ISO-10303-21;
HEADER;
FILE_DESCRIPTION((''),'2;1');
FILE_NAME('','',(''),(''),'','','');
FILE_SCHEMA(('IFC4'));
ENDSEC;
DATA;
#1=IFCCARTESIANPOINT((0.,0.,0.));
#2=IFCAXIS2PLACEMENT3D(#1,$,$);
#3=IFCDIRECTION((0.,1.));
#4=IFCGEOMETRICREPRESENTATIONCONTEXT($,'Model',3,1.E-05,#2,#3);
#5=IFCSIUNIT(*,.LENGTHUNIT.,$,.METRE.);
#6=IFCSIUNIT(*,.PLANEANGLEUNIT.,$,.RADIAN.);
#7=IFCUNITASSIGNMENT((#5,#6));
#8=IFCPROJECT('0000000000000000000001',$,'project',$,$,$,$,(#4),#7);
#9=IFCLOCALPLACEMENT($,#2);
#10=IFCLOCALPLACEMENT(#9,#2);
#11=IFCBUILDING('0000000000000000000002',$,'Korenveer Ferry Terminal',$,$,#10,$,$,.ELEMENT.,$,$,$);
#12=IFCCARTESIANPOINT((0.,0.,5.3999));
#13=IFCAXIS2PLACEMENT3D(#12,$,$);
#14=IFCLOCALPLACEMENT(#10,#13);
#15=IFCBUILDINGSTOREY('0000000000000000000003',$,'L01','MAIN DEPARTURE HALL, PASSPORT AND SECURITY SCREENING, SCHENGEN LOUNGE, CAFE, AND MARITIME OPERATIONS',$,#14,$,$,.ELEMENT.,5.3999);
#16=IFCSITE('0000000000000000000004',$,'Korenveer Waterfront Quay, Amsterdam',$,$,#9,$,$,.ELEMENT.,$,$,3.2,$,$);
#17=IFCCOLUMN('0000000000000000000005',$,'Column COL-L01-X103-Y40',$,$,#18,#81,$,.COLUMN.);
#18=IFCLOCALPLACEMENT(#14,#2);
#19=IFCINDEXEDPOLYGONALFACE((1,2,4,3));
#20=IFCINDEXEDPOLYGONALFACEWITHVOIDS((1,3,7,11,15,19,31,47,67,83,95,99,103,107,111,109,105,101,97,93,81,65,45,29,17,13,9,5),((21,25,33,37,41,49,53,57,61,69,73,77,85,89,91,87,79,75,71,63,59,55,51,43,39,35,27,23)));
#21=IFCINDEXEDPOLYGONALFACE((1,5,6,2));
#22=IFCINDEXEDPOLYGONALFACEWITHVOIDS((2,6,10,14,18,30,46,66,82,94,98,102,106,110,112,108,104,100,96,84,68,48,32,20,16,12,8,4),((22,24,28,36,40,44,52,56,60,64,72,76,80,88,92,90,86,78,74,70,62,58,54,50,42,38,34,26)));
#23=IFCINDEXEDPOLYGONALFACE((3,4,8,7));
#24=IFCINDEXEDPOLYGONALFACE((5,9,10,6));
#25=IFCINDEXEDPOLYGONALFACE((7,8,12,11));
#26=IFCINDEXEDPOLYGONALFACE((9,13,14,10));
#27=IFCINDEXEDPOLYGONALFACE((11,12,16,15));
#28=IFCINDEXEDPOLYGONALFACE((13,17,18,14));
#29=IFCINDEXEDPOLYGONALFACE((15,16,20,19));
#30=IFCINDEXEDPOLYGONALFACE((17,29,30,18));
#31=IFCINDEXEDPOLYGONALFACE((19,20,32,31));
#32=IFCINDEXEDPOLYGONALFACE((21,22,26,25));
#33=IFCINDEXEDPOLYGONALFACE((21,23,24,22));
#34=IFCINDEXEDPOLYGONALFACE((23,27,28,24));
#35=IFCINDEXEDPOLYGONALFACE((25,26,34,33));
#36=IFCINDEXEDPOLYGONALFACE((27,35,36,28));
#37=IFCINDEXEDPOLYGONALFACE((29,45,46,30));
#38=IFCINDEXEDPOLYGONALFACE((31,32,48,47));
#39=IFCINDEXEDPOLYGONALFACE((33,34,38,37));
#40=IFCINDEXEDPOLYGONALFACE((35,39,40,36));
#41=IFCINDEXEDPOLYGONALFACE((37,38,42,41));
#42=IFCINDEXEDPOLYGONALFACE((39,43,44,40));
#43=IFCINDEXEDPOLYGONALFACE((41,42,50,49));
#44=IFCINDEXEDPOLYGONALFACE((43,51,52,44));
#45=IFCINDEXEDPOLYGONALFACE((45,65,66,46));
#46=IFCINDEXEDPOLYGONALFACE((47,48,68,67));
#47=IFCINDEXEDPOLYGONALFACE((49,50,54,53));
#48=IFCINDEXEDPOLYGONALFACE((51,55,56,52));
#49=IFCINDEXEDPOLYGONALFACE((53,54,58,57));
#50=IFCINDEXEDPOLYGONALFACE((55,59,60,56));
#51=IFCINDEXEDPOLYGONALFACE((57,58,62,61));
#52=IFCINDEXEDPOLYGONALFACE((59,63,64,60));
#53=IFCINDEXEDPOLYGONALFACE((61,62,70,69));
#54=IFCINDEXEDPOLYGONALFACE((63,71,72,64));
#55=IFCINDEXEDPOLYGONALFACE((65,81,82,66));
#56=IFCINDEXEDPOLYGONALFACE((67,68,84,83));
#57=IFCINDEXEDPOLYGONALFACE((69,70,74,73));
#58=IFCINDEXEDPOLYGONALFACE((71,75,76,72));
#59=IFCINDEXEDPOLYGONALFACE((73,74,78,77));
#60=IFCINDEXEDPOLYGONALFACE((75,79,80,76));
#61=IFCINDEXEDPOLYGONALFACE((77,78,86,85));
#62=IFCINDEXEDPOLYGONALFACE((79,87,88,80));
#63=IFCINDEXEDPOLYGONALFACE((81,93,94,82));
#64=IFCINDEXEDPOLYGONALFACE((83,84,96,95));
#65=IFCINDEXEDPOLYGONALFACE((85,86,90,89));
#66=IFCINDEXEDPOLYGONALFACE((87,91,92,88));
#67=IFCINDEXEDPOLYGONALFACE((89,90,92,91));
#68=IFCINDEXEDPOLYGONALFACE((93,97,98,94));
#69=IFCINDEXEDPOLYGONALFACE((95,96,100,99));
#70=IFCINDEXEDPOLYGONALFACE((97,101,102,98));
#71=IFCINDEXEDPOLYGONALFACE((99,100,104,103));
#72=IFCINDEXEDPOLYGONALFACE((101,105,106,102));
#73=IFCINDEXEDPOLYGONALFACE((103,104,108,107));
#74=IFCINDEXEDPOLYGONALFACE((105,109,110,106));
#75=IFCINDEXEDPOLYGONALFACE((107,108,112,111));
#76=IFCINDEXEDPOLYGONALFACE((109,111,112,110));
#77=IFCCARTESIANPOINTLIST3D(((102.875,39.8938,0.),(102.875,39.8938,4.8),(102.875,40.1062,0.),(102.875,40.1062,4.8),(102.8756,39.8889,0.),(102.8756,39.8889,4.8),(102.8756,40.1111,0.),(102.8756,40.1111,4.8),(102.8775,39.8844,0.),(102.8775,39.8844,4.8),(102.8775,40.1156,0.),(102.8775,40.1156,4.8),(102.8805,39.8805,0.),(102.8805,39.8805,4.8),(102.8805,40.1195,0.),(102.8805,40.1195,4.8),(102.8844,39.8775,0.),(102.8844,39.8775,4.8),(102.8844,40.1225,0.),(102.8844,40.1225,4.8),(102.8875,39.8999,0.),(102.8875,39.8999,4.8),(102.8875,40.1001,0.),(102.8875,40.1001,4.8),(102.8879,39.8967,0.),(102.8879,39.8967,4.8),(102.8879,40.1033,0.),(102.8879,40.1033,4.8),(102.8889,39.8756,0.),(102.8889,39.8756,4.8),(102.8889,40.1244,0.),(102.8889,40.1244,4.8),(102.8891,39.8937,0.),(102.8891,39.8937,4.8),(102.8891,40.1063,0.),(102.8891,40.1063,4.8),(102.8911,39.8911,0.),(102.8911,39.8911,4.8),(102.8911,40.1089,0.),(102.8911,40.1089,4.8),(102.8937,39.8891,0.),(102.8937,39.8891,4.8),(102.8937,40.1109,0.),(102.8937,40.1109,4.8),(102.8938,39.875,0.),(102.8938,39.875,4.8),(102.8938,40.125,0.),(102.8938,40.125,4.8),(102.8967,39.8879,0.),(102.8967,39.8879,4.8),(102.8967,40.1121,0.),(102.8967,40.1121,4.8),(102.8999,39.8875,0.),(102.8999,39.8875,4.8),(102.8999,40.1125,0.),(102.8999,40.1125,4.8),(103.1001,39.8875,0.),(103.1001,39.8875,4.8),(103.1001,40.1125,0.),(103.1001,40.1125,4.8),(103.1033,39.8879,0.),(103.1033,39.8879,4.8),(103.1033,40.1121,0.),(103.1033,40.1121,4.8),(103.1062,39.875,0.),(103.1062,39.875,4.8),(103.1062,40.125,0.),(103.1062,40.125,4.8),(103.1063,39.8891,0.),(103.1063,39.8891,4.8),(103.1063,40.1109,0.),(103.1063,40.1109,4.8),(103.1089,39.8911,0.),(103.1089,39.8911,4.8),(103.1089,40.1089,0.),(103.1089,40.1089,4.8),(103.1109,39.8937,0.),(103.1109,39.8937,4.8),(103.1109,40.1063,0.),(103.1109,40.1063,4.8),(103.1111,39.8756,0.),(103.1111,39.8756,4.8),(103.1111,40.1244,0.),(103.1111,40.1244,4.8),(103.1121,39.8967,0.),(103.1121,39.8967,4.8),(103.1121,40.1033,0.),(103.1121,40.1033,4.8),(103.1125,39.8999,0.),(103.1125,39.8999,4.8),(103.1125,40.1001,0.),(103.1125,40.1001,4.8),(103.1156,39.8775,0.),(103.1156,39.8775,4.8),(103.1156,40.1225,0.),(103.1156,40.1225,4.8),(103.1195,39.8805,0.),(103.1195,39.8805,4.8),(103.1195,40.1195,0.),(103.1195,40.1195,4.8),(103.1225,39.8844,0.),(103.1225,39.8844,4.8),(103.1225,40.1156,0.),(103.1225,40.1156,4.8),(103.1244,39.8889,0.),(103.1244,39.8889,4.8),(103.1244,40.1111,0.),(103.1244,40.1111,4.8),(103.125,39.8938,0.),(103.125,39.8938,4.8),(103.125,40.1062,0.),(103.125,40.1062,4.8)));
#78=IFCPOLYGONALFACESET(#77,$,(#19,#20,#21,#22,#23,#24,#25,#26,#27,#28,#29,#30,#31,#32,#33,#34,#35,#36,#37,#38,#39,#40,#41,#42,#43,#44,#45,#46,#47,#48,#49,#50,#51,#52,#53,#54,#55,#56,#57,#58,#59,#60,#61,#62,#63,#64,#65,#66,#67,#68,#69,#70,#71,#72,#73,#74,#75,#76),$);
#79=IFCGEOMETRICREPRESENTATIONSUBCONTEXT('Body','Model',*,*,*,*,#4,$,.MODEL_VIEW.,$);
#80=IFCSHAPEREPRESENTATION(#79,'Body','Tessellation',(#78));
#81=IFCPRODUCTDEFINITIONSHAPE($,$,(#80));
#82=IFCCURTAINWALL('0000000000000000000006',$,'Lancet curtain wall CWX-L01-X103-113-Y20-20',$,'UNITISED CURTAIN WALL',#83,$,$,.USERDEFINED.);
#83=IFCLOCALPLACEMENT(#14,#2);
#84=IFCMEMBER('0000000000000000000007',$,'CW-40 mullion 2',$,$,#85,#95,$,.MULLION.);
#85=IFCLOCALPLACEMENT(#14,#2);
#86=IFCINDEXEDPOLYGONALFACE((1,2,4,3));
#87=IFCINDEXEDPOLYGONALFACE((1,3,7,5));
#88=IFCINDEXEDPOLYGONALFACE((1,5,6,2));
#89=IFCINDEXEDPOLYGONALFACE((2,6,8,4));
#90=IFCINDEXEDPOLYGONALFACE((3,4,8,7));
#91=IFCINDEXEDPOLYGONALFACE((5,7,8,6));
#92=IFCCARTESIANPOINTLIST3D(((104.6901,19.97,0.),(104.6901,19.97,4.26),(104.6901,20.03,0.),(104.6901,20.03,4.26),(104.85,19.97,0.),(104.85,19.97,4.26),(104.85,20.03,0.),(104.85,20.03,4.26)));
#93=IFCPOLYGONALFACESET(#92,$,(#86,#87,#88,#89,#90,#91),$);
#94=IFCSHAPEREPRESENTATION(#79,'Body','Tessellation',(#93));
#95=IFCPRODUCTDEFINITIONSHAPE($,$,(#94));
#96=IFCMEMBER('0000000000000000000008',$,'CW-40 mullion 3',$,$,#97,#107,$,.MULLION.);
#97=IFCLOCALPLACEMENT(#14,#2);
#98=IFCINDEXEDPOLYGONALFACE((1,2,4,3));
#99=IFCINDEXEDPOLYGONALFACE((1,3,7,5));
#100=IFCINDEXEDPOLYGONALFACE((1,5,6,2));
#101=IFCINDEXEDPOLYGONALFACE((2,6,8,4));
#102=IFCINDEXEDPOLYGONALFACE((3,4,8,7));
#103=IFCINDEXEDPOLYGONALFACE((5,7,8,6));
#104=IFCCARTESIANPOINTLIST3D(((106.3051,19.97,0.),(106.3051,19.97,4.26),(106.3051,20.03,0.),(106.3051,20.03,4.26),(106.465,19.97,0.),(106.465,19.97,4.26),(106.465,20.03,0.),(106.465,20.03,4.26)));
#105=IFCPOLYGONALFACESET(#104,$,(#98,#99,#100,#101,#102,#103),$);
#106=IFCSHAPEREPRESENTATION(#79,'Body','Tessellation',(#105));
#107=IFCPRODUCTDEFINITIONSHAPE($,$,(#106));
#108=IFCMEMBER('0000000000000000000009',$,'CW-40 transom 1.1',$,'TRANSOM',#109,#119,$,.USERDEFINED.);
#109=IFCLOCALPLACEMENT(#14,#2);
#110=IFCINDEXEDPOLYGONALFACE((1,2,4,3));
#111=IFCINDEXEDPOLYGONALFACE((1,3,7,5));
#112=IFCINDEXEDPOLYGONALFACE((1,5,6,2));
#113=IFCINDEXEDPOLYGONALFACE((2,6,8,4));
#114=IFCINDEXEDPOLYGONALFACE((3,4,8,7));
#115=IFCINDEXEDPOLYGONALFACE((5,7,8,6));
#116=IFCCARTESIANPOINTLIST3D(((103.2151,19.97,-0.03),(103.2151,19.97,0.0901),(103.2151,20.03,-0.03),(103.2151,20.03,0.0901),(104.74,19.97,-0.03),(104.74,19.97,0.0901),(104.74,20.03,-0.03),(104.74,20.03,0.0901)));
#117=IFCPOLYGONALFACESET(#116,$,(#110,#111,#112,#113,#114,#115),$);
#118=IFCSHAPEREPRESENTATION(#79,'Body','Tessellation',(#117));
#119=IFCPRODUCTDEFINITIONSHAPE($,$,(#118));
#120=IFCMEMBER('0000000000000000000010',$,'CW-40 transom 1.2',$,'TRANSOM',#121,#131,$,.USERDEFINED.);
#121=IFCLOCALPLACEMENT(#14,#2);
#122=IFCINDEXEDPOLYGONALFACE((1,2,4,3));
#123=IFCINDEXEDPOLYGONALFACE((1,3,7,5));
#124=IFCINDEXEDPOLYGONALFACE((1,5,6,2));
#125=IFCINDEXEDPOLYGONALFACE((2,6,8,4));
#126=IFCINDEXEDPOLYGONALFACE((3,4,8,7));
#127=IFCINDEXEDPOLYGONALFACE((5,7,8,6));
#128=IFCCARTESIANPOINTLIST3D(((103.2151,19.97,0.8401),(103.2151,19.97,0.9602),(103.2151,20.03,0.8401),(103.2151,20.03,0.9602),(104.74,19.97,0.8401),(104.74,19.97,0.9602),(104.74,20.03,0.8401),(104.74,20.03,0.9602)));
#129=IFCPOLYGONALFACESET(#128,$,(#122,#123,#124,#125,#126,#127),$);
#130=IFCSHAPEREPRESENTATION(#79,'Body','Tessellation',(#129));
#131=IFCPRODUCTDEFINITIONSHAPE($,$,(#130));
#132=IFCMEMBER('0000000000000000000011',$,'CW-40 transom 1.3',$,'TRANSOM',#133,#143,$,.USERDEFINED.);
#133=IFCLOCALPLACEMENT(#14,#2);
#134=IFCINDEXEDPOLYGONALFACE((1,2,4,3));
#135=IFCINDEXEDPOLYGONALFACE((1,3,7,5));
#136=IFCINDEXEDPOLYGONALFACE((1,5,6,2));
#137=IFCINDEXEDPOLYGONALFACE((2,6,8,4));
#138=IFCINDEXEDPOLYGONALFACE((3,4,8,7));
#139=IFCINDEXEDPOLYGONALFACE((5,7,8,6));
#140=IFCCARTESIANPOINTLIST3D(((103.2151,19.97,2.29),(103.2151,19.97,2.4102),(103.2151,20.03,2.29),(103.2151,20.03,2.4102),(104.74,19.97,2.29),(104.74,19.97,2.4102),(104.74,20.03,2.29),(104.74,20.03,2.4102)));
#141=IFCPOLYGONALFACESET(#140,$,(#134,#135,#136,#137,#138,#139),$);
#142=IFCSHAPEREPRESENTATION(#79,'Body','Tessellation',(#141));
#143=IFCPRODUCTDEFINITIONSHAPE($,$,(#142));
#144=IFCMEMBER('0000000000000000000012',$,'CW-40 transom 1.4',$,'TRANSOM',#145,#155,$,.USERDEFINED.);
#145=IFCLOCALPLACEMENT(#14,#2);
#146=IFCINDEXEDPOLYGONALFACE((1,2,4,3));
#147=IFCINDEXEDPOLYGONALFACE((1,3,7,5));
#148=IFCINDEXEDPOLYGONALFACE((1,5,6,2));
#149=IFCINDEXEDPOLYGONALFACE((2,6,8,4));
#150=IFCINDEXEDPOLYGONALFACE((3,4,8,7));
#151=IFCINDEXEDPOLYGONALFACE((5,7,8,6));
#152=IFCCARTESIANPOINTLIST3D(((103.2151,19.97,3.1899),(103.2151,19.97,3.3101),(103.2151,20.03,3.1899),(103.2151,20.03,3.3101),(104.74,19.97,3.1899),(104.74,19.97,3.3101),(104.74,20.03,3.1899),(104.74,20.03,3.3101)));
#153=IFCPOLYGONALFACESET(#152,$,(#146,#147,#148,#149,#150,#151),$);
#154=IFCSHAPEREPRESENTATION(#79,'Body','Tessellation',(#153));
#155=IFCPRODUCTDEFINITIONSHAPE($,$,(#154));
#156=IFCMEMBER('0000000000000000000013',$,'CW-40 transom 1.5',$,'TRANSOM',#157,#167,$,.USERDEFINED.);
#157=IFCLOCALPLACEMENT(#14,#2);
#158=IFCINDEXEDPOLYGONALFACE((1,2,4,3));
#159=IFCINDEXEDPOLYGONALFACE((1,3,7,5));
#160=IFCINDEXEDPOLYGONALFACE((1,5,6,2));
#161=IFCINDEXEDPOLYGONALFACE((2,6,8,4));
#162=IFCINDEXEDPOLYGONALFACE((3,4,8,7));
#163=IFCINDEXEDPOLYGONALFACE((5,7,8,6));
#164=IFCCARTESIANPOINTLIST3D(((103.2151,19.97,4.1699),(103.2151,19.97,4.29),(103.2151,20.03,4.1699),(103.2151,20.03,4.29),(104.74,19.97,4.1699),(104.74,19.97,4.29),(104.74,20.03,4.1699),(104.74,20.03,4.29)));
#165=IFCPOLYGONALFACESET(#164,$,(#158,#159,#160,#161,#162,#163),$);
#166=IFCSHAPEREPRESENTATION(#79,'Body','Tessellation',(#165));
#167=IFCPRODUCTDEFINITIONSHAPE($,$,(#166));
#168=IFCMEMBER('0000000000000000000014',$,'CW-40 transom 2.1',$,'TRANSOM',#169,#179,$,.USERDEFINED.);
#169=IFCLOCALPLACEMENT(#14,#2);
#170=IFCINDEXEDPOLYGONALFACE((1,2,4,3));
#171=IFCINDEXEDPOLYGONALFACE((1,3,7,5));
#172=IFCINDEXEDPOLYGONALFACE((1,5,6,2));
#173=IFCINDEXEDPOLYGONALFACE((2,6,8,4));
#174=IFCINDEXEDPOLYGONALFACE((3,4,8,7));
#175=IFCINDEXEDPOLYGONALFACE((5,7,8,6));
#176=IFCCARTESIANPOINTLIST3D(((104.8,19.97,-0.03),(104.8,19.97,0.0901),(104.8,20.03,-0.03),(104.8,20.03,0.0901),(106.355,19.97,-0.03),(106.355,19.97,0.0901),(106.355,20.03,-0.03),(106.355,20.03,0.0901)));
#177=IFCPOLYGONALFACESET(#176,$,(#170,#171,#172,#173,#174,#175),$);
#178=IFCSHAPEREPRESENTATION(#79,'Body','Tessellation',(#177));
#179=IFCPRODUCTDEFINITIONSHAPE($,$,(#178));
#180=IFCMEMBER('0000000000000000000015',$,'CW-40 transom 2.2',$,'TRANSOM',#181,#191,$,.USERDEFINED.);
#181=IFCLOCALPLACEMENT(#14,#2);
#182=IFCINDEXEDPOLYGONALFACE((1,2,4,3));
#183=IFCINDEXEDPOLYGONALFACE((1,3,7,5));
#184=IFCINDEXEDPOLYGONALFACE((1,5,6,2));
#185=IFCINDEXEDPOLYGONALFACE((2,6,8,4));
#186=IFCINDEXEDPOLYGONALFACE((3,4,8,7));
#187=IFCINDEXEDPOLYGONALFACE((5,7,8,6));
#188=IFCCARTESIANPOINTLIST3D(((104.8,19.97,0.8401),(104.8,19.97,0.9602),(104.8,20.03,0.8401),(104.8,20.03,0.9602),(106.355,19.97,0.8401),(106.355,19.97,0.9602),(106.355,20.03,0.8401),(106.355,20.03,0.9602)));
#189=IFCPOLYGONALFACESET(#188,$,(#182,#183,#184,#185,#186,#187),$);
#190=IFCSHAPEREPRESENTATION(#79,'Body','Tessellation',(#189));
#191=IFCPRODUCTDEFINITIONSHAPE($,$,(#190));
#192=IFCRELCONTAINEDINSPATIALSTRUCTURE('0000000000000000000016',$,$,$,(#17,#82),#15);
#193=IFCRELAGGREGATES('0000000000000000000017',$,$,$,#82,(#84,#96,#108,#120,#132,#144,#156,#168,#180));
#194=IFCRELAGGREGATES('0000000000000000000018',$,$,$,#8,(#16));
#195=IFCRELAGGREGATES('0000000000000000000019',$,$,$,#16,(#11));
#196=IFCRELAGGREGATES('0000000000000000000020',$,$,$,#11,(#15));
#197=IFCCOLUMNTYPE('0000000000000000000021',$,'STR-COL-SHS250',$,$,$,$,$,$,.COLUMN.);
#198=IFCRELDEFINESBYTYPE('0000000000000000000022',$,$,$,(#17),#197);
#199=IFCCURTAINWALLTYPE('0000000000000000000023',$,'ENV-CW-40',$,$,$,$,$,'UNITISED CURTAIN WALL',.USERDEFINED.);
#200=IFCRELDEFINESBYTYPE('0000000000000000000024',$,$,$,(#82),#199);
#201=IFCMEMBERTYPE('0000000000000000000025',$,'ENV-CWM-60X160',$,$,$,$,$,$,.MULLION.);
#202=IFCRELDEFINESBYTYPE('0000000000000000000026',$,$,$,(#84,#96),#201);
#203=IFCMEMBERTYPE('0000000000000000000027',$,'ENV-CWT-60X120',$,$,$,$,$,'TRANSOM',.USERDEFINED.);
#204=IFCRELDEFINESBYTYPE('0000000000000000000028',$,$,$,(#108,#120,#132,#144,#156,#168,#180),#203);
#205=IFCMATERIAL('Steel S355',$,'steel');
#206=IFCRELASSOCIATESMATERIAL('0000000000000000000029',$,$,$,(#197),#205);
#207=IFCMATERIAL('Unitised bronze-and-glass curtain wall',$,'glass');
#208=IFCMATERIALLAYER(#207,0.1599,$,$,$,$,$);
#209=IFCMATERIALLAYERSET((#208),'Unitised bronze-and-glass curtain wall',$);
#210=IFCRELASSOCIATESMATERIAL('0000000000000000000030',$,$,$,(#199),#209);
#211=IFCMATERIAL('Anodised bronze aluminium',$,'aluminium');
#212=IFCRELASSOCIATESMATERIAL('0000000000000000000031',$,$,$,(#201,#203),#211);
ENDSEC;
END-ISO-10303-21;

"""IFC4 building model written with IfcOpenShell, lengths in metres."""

from ifc_helpers import new_model, si_unit, direction, frame, origin, origin_2d, place, context, subcontext, project, spatial, rectangle, hollow_rectangle, extrude, material, layer, layer_set, material_profile, profile_set, type_object, element, aggregate, save


model = new_model("IFC4")

# Units and contexts
model_context = context("Model", 3, precision=1e-05, world=origin(), true_north=direction((0.0, 1.0)))
body_context = subcontext(model_context, "Body", "Model", "MODEL_VIEW")
ifc_project = project(units=[si_unit("LENGTHUNIT", "METRE"), si_unit("PLANEANGLEUNIT", "RADIAN")], contexts=[model_context])

# Site, building, storey
site_placement = place(None, origin())
site = spatial("IfcSite", under=ifc_project, at=site_placement, Name="Korenveer Waterfront Quay, Amsterdam", CompositionType="ELEMENT", RefElevation=3.2)
building_placement = place(site_placement, origin())
building = spatial("IfcBuilding", under=site, at=building_placement, Name="Korenveer Ferry Terminal", CompositionType="ELEMENT")
storey_placement = place(building_placement, frame((0.0, 0.0, 5.3999)))
storey = spatial("IfcBuildingStorey", under=building, at=storey_placement, Name="L01", Description="MAIN DEPARTURE HALL, PASSPORT AND SECURITY SCREENING, SCHENGEN LOUNGE, CAFE, AND MARITIME OPERATIONS", CompositionType="ELEMENT", Elevation=5.3999)

# Column
ifc_material_1 = material(Name="Steel S355", Category="steel")
ifc_material_profile_1 = material_profile(ifc_material_1, hollow_rectangle(XDim=0.25, YDim=0.25, WallThickness=0.0125, InnerFilletRadius=0.0125, OuterFilletRadius=0.0188, at=origin_2d()), Name="SHS 250x250x12.5")
ifc_profile_set_1 = profile_set([ifc_material_profile_1], Name="Steel S355")
column_type = type_object("IfcColumnType", Name="STR-COL-SHS250", PredefinedType="COLUMN", material=ifc_profile_set_1)
for number, where, z_axis, x_axis, name in (
    (1, (103.0, 40.0, 0.0), (0.0, 0.0, 1.0), (1.0, 0.0, 0.0), "Column COL-L01-X103-Y40"),
):
    element("IfcColumn", number, at=place(storey_placement, frame(where, z_axis=z_axis, x_axis=x_axis)), inside=storey, type_object=column_type, Name=name, PredefinedType="COLUMN", context=body_context, shape_type="SweptSolid", body=[
        extrude(hollow_rectangle(XDim=0.25, YDim=0.25, WallThickness=0.0125, InnerFilletRadius=0.0125, OuterFilletRadius=0.0188, at=origin_2d()), origin(), (0.0, 0.0, 1.0), 4.8),
    ])

# Curtain wall, members
ifc_material_2 = material(Name="Unitised bronze-and-glass curtain wall", Category="glass")
ifc_layer_1 = layer(ifc_material_2, 0.1599)
ifc_layer_set_1 = layer_set([ifc_layer_1], Name="Unitised bronze-and-glass curtain wall")
curtain_wall_type = type_object("IfcCurtainWallType", Name="ENV-CW-40", ElementType="UNITISED CURTAIN WALL", PredefinedType="USERDEFINED", material=ifc_layer_set_1)
curtain_wall_placement = place(storey_placement, frame((103.155, 20.0, 0.0)))
curtain_wall = element("IfcCurtainWall", 2, at=curtain_wall_placement, inside=storey, type_object=curtain_wall_type, Name="Lancet curtain wall CWX-L01-X103-113-Y20-20", ObjectType="UNITISED CURTAIN WALL", PredefinedType="USERDEFINED")
ifc_material_3 = material(Name="Anodised bronze aluminium", Category="aluminium")
ifc_material_profile_2 = material_profile(ifc_material_3, rectangle(XDim=0.0601, YDim=0.1599, at=origin_2d()), Name="ALU 60x160")
ifc_profile_set_2 = profile_set([ifc_material_profile_2], Name="Anodised bronze aluminium")
member_type_1 = type_object("IfcMemberType", Name="ENV-CWM-60X160", PredefinedType="MULLION", material=ifc_profile_set_2)
member_1_placement = place(storey_placement, frame((104.77, 20.0, 0.0), z_axis=(0.0, 0.0, 1.0), x_axis=(0.0, 1.0, 0.0)))
member_1 = element("IfcMember", 3, at=member_1_placement, type_object=member_type_1, Name="CW-40 mullion 2", PredefinedType="MULLION", context=body_context, shape_type="SweptSolid", body=[
    extrude(rectangle(XDim=0.0601, YDim=0.1599, at=origin_2d()), origin(), (0.0, 0.0, 1.0), 4.26),
])
member_2_placement = place(storey_placement, frame((106.385, 20.0, 0.0), z_axis=(0.0, 0.0, 1.0), x_axis=(0.0, 1.0, 0.0)))
member_2 = element("IfcMember", 4, at=member_2_placement, type_object=member_type_1, Name="CW-40 mullion 3", PredefinedType="MULLION", context=body_context, shape_type="SweptSolid", body=[
    extrude(rectangle(XDim=0.0601, YDim=0.1599, at=origin_2d()), origin(), (0.0, 0.0, 1.0), 4.26),
])
ifc_material_profile_3 = material_profile(ifc_material_3, rectangle(XDim=0.0601, YDim=0.1201, at=origin_2d()), Name="ALU 60x120")
ifc_profile_set_3 = profile_set([ifc_material_profile_3], Name="Anodised bronze aluminium")
member_type_2 = type_object("IfcMemberType", Name="ENV-CWT-60X120", ElementType="TRANSOM", PredefinedType="USERDEFINED", material=ifc_profile_set_3)
member_3_placement = place(storey_placement, frame((103.2151, 20.0, 0.03), z_axis=(1.0, 0.0, 0.0), x_axis=(0.0, 1.0, 0.0)))
member_3 = element("IfcMember", 5, at=member_3_placement, type_object=member_type_2, Name="CW-40 transom 1.1", ObjectType="TRANSOM", PredefinedType="USERDEFINED", context=body_context, shape_type="SweptSolid", body=[
    extrude(rectangle(XDim=0.0601, YDim=0.1201, at=origin_2d()), origin(), (0.0, 0.0, 1.0), 1.5249),
])
member_4_placement = place(storey_placement, frame((103.2151, 20.0, 0.9001), z_axis=(1.0, 0.0, 0.0), x_axis=(0.0, 1.0, 0.0)))
member_4 = element("IfcMember", 6, at=member_4_placement, type_object=member_type_2, Name="CW-40 transom 1.2", ObjectType="TRANSOM", PredefinedType="USERDEFINED", context=body_context, shape_type="SweptSolid", body=[
    extrude(rectangle(XDim=0.0601, YDim=0.1201, at=origin_2d()), origin(), (0.0, 0.0, 1.0), 1.5249),
])
member_5_placement = place(storey_placement, frame((103.2151, 20.0, 2.3501), z_axis=(1.0, 0.0, 0.0), x_axis=(0.0, 1.0, 0.0)))
member_5 = element("IfcMember", 7, at=member_5_placement, type_object=member_type_2, Name="CW-40 transom 1.3", ObjectType="TRANSOM", PredefinedType="USERDEFINED", context=body_context, shape_type="SweptSolid", body=[
    extrude(rectangle(XDim=0.0601, YDim=0.1201, at=origin_2d()), origin(), (0.0, 0.0, 1.0), 1.5249),
])
member_6_placement = place(storey_placement, frame((103.2151, 20.0, 3.25), z_axis=(1.0, 0.0, 0.0), x_axis=(0.0, 1.0, 0.0)))
member_6 = element("IfcMember", 8, at=member_6_placement, type_object=member_type_2, Name="CW-40 transom 1.4", ObjectType="TRANSOM", PredefinedType="USERDEFINED", context=body_context, shape_type="SweptSolid", body=[
    extrude(rectangle(XDim=0.0601, YDim=0.1201, at=origin_2d()), origin(), (0.0, 0.0, 1.0), 1.5249),
])
member_7_placement = place(storey_placement, frame((103.2151, 20.0, 4.23), z_axis=(1.0, 0.0, 0.0), x_axis=(0.0, 1.0, 0.0)))
member_7 = element("IfcMember", 9, at=member_7_placement, type_object=member_type_2, Name="CW-40 transom 1.5", ObjectType="TRANSOM", PredefinedType="USERDEFINED", context=body_context, shape_type="SweptSolid", body=[
    extrude(rectangle(XDim=0.0601, YDim=0.1201, at=origin_2d()), origin(), (0.0, 0.0, 1.0), 1.5249),
])
member_8_placement = place(storey_placement, frame((104.8, 20.0, 0.03), z_axis=(1.0, 0.0, 0.0), x_axis=(0.0, 1.0, 0.0)))
member_8 = element("IfcMember", 10, at=member_8_placement, type_object=member_type_2, Name="CW-40 transom 2.1", ObjectType="TRANSOM", PredefinedType="USERDEFINED", context=body_context, shape_type="SweptSolid", body=[
    extrude(rectangle(XDim=0.0601, YDim=0.1201, at=origin_2d()), origin(), (0.0, 0.0, 1.0), 1.5549),
])
member_9_placement = place(storey_placement, frame((104.8, 20.0, 0.9001), z_axis=(1.0, 0.0, 0.0), x_axis=(0.0, 1.0, 0.0)))
member_9 = element("IfcMember", 11, at=member_9_placement, type_object=member_type_2, Name="CW-40 transom 2.2", ObjectType="TRANSOM", PredefinedType="USERDEFINED", context=body_context, shape_type="SweptSolid", body=[
    extrude(rectangle(XDim=0.0601, YDim=0.1201, at=origin_2d()), origin(), (0.0, 0.0, 1.0), 1.5549),
])
aggregate(curtain_wall, [member_1, member_2, member_3, member_4, member_5, member_6, member_7, member_8, member_9])

save(model, "model.ifc")
